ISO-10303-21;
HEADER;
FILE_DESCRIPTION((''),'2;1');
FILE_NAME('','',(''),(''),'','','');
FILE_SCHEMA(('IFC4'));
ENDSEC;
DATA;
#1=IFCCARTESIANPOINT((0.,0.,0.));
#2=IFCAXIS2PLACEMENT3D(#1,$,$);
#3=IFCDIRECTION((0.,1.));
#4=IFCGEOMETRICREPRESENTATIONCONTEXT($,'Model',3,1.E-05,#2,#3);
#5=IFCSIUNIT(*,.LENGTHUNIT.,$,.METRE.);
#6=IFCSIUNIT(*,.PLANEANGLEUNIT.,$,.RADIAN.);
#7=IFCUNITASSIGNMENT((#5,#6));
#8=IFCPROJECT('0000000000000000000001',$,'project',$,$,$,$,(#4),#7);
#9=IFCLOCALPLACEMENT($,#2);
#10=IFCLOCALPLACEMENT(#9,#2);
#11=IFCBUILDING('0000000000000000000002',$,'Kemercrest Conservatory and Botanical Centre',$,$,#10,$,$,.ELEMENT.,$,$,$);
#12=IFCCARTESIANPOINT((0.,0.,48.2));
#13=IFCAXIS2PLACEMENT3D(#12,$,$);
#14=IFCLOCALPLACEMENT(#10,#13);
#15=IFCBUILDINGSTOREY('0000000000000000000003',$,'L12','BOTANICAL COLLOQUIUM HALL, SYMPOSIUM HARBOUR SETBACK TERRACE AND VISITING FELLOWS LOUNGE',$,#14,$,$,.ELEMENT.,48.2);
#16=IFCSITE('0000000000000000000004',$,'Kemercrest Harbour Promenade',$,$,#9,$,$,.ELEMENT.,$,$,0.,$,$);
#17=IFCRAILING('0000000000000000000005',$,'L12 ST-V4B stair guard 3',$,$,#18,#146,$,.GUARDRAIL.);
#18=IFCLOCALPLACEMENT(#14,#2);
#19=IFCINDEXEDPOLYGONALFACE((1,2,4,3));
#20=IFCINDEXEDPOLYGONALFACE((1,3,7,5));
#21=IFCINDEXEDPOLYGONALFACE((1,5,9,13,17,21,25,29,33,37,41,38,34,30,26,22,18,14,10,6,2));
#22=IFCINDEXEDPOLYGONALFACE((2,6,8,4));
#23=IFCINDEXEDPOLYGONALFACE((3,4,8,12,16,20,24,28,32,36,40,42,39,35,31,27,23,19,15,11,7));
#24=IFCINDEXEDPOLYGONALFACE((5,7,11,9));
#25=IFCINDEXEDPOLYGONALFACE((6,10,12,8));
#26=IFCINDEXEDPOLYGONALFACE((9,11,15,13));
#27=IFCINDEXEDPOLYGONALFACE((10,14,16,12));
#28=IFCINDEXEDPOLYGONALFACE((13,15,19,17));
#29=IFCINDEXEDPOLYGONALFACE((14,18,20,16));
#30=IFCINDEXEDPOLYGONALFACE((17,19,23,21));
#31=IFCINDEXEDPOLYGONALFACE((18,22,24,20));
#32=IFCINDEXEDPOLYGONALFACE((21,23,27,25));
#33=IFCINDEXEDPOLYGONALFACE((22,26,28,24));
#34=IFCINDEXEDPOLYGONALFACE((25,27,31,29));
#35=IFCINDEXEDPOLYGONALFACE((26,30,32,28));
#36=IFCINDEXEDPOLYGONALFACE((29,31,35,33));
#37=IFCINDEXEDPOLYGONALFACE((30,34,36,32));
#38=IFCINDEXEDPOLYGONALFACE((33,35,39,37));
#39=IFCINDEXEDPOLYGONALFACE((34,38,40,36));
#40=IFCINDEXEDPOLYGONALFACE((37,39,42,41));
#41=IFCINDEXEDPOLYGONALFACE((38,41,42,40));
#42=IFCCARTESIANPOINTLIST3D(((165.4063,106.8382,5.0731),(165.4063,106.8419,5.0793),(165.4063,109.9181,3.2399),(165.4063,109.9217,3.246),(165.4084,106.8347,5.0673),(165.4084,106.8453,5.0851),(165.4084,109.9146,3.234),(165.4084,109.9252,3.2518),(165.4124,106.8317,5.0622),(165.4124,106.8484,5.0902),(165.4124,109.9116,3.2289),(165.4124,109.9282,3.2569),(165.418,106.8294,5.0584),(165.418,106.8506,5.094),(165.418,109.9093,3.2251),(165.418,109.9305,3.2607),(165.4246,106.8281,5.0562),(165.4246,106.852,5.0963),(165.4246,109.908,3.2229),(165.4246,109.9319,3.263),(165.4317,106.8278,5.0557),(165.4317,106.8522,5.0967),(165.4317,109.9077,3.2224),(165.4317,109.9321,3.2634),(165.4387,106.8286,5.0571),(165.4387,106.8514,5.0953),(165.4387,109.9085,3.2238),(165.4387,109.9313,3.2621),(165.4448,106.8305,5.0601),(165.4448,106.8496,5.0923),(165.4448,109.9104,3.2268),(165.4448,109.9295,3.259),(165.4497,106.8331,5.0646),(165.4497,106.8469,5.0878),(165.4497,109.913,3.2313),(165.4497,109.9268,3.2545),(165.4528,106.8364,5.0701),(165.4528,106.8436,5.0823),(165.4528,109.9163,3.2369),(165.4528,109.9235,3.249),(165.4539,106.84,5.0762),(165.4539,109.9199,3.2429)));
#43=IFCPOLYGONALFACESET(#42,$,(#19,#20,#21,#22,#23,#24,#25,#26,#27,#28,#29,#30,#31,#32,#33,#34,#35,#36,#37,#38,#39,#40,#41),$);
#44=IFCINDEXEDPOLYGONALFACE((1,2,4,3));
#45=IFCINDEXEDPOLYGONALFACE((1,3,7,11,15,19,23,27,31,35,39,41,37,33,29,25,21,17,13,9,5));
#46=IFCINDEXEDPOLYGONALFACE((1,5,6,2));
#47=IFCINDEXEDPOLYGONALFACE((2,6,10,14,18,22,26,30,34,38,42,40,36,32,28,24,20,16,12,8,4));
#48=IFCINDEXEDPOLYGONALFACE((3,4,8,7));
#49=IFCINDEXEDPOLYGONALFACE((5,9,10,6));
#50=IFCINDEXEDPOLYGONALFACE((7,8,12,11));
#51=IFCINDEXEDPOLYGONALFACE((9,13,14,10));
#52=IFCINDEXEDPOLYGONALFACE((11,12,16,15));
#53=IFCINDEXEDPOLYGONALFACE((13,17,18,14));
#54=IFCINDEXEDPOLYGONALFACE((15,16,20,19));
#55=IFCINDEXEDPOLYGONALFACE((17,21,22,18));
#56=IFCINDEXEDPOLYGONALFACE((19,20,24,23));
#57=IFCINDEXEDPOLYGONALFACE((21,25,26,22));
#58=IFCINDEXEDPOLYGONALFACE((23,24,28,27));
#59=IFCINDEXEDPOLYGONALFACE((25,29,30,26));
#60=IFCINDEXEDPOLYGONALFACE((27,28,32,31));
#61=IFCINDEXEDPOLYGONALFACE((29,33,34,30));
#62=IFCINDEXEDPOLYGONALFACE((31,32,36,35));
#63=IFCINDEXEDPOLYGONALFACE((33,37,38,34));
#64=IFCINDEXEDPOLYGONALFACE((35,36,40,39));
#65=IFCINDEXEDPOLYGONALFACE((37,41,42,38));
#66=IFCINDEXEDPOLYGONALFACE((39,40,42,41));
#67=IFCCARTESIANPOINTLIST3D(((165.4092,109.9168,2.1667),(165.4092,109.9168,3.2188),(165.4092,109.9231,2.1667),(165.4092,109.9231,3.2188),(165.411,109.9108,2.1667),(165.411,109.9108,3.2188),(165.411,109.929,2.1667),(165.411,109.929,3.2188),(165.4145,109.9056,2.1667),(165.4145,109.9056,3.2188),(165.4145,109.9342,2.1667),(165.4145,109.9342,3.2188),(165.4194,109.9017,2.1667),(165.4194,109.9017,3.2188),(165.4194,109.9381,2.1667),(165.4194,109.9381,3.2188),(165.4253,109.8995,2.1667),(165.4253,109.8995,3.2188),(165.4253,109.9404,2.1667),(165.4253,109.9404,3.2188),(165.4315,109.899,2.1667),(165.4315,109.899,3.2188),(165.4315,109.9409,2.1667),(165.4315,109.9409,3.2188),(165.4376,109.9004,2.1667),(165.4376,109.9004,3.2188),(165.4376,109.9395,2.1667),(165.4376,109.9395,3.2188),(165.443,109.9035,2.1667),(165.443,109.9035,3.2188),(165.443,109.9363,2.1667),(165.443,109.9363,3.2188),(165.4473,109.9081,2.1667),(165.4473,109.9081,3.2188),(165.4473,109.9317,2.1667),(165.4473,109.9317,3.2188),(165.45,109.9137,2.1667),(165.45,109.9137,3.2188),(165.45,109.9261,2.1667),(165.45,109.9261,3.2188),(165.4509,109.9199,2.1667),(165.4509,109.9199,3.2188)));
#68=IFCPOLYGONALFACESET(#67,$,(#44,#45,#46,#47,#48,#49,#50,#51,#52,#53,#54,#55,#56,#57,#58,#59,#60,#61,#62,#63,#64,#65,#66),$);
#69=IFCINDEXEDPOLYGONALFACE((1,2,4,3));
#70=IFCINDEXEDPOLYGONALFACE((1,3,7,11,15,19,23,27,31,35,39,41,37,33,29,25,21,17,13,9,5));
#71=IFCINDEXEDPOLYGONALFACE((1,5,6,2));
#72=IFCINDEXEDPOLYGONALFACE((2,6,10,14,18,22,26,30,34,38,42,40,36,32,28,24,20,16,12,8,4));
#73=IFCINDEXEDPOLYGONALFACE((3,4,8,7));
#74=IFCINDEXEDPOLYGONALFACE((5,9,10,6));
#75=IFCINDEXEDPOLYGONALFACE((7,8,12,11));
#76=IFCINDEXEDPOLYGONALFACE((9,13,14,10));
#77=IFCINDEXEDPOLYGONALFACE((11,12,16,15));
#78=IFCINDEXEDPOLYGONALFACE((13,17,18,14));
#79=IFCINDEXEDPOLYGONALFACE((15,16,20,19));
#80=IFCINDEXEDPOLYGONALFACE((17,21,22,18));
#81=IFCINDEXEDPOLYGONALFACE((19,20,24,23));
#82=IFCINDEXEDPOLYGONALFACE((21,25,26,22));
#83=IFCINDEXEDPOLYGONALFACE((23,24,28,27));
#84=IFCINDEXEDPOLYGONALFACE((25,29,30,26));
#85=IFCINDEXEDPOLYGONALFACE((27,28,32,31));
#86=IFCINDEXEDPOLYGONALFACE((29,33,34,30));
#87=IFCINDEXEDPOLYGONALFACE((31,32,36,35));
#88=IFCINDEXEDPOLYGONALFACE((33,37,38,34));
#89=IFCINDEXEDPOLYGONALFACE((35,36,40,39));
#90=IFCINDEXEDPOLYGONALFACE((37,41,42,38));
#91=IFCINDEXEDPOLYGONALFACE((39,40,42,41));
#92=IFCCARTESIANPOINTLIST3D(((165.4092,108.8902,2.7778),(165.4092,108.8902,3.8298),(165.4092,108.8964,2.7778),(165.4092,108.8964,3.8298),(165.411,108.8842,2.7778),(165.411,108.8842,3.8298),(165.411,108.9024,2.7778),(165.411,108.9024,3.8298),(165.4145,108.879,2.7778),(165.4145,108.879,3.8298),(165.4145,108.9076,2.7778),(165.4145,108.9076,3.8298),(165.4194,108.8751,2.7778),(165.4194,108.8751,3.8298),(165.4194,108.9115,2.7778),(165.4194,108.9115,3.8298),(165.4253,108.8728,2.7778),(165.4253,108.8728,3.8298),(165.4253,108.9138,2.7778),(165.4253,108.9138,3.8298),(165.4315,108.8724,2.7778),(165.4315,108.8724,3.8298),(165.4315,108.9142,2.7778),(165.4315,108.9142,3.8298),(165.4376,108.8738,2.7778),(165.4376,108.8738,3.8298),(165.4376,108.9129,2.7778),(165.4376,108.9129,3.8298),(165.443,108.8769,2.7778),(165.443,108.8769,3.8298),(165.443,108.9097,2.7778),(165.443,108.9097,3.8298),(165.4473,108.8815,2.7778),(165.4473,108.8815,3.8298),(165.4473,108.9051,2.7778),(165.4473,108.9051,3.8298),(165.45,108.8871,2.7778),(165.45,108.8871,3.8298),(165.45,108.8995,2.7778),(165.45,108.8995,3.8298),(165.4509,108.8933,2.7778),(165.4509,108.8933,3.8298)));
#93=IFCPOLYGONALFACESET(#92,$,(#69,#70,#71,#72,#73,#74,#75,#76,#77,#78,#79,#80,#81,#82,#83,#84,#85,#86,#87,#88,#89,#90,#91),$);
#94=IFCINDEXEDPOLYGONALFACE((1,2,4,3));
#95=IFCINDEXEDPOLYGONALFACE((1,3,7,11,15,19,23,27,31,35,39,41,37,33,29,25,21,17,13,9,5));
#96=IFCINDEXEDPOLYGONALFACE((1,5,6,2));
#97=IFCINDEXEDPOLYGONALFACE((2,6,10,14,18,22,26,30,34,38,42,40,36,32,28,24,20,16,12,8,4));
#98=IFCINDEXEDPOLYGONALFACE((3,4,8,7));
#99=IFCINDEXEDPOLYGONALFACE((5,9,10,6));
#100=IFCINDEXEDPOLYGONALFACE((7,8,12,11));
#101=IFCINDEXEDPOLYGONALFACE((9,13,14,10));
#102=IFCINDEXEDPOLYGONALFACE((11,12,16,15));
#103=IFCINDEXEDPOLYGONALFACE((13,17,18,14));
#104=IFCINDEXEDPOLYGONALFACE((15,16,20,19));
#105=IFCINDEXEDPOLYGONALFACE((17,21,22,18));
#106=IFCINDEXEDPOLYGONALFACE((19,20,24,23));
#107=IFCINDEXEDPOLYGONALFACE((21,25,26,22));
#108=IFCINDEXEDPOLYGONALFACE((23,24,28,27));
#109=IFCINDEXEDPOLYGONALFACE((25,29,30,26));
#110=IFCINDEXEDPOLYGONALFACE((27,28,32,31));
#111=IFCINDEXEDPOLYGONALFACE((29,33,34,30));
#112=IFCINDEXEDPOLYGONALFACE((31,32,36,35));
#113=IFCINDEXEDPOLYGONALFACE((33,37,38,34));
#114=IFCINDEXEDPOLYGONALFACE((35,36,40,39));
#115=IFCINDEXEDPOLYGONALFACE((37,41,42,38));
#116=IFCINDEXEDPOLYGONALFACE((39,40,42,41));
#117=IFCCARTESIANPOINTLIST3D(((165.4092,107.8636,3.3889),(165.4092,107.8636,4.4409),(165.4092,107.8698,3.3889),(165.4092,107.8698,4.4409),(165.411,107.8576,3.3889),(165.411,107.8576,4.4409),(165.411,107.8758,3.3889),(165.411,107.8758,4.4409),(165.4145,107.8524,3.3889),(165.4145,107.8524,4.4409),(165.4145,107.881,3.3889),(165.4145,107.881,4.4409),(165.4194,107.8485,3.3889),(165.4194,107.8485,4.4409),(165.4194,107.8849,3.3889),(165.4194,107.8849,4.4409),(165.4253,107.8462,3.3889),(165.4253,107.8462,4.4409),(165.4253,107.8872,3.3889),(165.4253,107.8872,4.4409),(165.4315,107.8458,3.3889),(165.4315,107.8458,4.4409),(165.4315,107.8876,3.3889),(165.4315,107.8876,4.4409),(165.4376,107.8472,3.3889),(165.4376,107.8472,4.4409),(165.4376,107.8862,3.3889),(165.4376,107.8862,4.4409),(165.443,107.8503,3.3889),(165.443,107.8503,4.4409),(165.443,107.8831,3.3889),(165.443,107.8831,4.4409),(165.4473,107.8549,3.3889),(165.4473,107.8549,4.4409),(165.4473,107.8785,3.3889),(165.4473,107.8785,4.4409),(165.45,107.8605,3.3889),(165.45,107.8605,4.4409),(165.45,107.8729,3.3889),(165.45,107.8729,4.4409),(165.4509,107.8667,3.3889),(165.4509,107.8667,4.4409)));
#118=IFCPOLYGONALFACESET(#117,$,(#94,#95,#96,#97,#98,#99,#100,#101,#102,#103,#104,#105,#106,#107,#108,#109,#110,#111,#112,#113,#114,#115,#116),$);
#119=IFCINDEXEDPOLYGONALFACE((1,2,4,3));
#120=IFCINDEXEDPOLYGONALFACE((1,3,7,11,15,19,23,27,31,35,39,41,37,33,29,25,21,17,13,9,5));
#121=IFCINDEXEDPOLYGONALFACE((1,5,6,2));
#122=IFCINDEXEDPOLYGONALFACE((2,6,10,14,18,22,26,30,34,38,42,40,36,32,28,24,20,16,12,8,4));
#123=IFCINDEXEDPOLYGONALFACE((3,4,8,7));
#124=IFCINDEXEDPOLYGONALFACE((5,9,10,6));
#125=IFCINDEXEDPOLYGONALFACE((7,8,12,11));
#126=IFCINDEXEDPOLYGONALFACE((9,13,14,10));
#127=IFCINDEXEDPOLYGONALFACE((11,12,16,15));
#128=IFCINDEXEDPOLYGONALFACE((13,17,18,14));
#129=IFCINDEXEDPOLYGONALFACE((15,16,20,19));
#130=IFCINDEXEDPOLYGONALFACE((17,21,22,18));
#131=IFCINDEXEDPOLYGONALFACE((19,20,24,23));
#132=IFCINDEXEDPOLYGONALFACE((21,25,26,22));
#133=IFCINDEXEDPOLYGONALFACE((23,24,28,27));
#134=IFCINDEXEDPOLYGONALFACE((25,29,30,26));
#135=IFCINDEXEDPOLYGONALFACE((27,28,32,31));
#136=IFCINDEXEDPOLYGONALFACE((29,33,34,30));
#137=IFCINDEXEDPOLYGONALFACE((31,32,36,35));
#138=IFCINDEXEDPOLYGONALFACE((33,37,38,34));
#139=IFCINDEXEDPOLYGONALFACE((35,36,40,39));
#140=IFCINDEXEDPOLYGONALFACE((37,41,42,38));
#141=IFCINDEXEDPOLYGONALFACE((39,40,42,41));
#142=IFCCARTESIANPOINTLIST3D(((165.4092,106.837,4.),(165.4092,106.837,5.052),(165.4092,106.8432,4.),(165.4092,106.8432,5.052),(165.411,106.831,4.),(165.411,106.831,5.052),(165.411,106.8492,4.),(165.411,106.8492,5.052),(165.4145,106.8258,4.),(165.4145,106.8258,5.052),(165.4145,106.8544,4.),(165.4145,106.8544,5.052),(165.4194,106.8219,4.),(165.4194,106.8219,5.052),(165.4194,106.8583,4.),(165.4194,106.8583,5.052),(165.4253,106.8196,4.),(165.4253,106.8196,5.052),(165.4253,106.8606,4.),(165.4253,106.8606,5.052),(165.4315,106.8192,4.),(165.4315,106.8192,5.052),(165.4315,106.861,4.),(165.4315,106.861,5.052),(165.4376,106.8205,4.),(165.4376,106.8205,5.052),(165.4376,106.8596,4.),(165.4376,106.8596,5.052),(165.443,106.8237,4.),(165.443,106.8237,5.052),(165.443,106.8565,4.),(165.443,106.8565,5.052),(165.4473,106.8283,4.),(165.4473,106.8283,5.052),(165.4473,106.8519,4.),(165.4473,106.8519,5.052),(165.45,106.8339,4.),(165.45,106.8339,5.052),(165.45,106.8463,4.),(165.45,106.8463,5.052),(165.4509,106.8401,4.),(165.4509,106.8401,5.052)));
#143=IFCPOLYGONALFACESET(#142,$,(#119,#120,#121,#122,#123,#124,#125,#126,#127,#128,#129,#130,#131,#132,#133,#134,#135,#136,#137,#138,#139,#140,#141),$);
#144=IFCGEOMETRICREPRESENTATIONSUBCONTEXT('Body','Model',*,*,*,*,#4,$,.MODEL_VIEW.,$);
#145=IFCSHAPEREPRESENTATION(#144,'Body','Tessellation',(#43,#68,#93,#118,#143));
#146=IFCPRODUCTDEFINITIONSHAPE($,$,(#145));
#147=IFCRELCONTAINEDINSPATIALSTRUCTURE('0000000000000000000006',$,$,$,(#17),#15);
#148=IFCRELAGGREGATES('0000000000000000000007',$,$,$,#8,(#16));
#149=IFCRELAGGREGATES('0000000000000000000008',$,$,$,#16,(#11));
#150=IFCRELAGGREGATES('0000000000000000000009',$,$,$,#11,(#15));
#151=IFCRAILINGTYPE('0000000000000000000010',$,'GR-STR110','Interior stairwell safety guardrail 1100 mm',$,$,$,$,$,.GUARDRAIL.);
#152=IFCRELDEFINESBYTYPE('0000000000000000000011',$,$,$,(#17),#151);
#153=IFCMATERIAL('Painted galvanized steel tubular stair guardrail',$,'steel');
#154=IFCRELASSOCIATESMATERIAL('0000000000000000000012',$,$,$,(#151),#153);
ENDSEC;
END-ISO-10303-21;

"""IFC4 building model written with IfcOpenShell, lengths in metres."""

from ifc_helpers import new_model, si_unit, direction, frame, origin, origin_2d, place, context, subcontext, project, spatial, circle, extrude, material, type_object, element, save


model = new_model("IFC4")

# Units and contexts
model_context = context("Model", 3, precision=1e-05, world=origin(), true_north=direction((0.0, 1.0)))
body_context = subcontext(model_context, "Body", "Model", "MODEL_VIEW")
ifc_project = project(units=[si_unit("LENGTHUNIT", "METRE"), si_unit("PLANEANGLEUNIT", "RADIAN")], contexts=[model_context])

# Site, building, storey
site_placement = place(None, origin())
site = spatial("IfcSite", under=ifc_project, at=site_placement, Name="Kemercrest Harbour Promenade", CompositionType="ELEMENT", RefElevation=0.0)
building_placement = place(site_placement, origin())
building = spatial("IfcBuilding", under=site, at=building_placement, Name="Kemercrest Conservatory and Botanical Centre", CompositionType="ELEMENT")
storey_placement = place(building_placement, frame((0.0, 0.0, 48.2)))
storey = spatial("IfcBuildingStorey", under=building, at=storey_placement, Name="L12", Description="BOTANICAL COLLOQUIUM HALL, SYMPOSIUM HARBOUR SETBACK TERRACE AND VISITING FELLOWS LOUNGE", CompositionType="ELEMENT", Elevation=48.2)

# Railing
ifc_material_1 = material(Name="Painted galvanized steel tubular stair guardrail", Category="steel")
railing_type_1 = type_object("IfcRailingType", Name="GR-STR110", Description="Interior stairwell safety guardrail 1100 mm", PredefinedType="GUARDRAIL", material=ifc_material_1)
railing_1_placement = place(storey_placement, frame((165.4299, 109.9199, 2.1667)))
element("IfcRailing", 1, at=railing_1_placement, inside=storey, type_object=railing_type_1, Name="L12 ST-V4B stair guard 3", PredefinedType="GUARDRAIL", context=body_context, shape_type="SweptSolid", body=[
    extrude(circle(Radius=0.0239, at=origin_2d()), frame((0.0, 0.0, 1.0762), z_axis=(0.0, -0.859291, 0.511487), x_axis=(1.0, 0.0, 0.0)), (0.0, 0.0, 1.0), 3.5842),
    extrude(circle(Radius=0.021, at=origin_2d()), origin(), (0.0, 0.0, 1.0), 1.052),
    extrude(circle(Radius=0.021, at=origin_2d()), frame((0.0, -1.0266, 0.6111)), (0.0, 0.0, 1.0), 1.052),
    extrude(circle(Radius=0.021, at=origin_2d()), frame((0.0, -2.0532, 1.2222)), (0.0, 0.0, 1.0), 1.052),
    extrude(circle(Radius=0.021, at=origin_2d()), frame((0.0, -3.0798, 1.8333)), (0.0, 0.0, 1.0), 1.052),
])

save(model, "model.ifc")
